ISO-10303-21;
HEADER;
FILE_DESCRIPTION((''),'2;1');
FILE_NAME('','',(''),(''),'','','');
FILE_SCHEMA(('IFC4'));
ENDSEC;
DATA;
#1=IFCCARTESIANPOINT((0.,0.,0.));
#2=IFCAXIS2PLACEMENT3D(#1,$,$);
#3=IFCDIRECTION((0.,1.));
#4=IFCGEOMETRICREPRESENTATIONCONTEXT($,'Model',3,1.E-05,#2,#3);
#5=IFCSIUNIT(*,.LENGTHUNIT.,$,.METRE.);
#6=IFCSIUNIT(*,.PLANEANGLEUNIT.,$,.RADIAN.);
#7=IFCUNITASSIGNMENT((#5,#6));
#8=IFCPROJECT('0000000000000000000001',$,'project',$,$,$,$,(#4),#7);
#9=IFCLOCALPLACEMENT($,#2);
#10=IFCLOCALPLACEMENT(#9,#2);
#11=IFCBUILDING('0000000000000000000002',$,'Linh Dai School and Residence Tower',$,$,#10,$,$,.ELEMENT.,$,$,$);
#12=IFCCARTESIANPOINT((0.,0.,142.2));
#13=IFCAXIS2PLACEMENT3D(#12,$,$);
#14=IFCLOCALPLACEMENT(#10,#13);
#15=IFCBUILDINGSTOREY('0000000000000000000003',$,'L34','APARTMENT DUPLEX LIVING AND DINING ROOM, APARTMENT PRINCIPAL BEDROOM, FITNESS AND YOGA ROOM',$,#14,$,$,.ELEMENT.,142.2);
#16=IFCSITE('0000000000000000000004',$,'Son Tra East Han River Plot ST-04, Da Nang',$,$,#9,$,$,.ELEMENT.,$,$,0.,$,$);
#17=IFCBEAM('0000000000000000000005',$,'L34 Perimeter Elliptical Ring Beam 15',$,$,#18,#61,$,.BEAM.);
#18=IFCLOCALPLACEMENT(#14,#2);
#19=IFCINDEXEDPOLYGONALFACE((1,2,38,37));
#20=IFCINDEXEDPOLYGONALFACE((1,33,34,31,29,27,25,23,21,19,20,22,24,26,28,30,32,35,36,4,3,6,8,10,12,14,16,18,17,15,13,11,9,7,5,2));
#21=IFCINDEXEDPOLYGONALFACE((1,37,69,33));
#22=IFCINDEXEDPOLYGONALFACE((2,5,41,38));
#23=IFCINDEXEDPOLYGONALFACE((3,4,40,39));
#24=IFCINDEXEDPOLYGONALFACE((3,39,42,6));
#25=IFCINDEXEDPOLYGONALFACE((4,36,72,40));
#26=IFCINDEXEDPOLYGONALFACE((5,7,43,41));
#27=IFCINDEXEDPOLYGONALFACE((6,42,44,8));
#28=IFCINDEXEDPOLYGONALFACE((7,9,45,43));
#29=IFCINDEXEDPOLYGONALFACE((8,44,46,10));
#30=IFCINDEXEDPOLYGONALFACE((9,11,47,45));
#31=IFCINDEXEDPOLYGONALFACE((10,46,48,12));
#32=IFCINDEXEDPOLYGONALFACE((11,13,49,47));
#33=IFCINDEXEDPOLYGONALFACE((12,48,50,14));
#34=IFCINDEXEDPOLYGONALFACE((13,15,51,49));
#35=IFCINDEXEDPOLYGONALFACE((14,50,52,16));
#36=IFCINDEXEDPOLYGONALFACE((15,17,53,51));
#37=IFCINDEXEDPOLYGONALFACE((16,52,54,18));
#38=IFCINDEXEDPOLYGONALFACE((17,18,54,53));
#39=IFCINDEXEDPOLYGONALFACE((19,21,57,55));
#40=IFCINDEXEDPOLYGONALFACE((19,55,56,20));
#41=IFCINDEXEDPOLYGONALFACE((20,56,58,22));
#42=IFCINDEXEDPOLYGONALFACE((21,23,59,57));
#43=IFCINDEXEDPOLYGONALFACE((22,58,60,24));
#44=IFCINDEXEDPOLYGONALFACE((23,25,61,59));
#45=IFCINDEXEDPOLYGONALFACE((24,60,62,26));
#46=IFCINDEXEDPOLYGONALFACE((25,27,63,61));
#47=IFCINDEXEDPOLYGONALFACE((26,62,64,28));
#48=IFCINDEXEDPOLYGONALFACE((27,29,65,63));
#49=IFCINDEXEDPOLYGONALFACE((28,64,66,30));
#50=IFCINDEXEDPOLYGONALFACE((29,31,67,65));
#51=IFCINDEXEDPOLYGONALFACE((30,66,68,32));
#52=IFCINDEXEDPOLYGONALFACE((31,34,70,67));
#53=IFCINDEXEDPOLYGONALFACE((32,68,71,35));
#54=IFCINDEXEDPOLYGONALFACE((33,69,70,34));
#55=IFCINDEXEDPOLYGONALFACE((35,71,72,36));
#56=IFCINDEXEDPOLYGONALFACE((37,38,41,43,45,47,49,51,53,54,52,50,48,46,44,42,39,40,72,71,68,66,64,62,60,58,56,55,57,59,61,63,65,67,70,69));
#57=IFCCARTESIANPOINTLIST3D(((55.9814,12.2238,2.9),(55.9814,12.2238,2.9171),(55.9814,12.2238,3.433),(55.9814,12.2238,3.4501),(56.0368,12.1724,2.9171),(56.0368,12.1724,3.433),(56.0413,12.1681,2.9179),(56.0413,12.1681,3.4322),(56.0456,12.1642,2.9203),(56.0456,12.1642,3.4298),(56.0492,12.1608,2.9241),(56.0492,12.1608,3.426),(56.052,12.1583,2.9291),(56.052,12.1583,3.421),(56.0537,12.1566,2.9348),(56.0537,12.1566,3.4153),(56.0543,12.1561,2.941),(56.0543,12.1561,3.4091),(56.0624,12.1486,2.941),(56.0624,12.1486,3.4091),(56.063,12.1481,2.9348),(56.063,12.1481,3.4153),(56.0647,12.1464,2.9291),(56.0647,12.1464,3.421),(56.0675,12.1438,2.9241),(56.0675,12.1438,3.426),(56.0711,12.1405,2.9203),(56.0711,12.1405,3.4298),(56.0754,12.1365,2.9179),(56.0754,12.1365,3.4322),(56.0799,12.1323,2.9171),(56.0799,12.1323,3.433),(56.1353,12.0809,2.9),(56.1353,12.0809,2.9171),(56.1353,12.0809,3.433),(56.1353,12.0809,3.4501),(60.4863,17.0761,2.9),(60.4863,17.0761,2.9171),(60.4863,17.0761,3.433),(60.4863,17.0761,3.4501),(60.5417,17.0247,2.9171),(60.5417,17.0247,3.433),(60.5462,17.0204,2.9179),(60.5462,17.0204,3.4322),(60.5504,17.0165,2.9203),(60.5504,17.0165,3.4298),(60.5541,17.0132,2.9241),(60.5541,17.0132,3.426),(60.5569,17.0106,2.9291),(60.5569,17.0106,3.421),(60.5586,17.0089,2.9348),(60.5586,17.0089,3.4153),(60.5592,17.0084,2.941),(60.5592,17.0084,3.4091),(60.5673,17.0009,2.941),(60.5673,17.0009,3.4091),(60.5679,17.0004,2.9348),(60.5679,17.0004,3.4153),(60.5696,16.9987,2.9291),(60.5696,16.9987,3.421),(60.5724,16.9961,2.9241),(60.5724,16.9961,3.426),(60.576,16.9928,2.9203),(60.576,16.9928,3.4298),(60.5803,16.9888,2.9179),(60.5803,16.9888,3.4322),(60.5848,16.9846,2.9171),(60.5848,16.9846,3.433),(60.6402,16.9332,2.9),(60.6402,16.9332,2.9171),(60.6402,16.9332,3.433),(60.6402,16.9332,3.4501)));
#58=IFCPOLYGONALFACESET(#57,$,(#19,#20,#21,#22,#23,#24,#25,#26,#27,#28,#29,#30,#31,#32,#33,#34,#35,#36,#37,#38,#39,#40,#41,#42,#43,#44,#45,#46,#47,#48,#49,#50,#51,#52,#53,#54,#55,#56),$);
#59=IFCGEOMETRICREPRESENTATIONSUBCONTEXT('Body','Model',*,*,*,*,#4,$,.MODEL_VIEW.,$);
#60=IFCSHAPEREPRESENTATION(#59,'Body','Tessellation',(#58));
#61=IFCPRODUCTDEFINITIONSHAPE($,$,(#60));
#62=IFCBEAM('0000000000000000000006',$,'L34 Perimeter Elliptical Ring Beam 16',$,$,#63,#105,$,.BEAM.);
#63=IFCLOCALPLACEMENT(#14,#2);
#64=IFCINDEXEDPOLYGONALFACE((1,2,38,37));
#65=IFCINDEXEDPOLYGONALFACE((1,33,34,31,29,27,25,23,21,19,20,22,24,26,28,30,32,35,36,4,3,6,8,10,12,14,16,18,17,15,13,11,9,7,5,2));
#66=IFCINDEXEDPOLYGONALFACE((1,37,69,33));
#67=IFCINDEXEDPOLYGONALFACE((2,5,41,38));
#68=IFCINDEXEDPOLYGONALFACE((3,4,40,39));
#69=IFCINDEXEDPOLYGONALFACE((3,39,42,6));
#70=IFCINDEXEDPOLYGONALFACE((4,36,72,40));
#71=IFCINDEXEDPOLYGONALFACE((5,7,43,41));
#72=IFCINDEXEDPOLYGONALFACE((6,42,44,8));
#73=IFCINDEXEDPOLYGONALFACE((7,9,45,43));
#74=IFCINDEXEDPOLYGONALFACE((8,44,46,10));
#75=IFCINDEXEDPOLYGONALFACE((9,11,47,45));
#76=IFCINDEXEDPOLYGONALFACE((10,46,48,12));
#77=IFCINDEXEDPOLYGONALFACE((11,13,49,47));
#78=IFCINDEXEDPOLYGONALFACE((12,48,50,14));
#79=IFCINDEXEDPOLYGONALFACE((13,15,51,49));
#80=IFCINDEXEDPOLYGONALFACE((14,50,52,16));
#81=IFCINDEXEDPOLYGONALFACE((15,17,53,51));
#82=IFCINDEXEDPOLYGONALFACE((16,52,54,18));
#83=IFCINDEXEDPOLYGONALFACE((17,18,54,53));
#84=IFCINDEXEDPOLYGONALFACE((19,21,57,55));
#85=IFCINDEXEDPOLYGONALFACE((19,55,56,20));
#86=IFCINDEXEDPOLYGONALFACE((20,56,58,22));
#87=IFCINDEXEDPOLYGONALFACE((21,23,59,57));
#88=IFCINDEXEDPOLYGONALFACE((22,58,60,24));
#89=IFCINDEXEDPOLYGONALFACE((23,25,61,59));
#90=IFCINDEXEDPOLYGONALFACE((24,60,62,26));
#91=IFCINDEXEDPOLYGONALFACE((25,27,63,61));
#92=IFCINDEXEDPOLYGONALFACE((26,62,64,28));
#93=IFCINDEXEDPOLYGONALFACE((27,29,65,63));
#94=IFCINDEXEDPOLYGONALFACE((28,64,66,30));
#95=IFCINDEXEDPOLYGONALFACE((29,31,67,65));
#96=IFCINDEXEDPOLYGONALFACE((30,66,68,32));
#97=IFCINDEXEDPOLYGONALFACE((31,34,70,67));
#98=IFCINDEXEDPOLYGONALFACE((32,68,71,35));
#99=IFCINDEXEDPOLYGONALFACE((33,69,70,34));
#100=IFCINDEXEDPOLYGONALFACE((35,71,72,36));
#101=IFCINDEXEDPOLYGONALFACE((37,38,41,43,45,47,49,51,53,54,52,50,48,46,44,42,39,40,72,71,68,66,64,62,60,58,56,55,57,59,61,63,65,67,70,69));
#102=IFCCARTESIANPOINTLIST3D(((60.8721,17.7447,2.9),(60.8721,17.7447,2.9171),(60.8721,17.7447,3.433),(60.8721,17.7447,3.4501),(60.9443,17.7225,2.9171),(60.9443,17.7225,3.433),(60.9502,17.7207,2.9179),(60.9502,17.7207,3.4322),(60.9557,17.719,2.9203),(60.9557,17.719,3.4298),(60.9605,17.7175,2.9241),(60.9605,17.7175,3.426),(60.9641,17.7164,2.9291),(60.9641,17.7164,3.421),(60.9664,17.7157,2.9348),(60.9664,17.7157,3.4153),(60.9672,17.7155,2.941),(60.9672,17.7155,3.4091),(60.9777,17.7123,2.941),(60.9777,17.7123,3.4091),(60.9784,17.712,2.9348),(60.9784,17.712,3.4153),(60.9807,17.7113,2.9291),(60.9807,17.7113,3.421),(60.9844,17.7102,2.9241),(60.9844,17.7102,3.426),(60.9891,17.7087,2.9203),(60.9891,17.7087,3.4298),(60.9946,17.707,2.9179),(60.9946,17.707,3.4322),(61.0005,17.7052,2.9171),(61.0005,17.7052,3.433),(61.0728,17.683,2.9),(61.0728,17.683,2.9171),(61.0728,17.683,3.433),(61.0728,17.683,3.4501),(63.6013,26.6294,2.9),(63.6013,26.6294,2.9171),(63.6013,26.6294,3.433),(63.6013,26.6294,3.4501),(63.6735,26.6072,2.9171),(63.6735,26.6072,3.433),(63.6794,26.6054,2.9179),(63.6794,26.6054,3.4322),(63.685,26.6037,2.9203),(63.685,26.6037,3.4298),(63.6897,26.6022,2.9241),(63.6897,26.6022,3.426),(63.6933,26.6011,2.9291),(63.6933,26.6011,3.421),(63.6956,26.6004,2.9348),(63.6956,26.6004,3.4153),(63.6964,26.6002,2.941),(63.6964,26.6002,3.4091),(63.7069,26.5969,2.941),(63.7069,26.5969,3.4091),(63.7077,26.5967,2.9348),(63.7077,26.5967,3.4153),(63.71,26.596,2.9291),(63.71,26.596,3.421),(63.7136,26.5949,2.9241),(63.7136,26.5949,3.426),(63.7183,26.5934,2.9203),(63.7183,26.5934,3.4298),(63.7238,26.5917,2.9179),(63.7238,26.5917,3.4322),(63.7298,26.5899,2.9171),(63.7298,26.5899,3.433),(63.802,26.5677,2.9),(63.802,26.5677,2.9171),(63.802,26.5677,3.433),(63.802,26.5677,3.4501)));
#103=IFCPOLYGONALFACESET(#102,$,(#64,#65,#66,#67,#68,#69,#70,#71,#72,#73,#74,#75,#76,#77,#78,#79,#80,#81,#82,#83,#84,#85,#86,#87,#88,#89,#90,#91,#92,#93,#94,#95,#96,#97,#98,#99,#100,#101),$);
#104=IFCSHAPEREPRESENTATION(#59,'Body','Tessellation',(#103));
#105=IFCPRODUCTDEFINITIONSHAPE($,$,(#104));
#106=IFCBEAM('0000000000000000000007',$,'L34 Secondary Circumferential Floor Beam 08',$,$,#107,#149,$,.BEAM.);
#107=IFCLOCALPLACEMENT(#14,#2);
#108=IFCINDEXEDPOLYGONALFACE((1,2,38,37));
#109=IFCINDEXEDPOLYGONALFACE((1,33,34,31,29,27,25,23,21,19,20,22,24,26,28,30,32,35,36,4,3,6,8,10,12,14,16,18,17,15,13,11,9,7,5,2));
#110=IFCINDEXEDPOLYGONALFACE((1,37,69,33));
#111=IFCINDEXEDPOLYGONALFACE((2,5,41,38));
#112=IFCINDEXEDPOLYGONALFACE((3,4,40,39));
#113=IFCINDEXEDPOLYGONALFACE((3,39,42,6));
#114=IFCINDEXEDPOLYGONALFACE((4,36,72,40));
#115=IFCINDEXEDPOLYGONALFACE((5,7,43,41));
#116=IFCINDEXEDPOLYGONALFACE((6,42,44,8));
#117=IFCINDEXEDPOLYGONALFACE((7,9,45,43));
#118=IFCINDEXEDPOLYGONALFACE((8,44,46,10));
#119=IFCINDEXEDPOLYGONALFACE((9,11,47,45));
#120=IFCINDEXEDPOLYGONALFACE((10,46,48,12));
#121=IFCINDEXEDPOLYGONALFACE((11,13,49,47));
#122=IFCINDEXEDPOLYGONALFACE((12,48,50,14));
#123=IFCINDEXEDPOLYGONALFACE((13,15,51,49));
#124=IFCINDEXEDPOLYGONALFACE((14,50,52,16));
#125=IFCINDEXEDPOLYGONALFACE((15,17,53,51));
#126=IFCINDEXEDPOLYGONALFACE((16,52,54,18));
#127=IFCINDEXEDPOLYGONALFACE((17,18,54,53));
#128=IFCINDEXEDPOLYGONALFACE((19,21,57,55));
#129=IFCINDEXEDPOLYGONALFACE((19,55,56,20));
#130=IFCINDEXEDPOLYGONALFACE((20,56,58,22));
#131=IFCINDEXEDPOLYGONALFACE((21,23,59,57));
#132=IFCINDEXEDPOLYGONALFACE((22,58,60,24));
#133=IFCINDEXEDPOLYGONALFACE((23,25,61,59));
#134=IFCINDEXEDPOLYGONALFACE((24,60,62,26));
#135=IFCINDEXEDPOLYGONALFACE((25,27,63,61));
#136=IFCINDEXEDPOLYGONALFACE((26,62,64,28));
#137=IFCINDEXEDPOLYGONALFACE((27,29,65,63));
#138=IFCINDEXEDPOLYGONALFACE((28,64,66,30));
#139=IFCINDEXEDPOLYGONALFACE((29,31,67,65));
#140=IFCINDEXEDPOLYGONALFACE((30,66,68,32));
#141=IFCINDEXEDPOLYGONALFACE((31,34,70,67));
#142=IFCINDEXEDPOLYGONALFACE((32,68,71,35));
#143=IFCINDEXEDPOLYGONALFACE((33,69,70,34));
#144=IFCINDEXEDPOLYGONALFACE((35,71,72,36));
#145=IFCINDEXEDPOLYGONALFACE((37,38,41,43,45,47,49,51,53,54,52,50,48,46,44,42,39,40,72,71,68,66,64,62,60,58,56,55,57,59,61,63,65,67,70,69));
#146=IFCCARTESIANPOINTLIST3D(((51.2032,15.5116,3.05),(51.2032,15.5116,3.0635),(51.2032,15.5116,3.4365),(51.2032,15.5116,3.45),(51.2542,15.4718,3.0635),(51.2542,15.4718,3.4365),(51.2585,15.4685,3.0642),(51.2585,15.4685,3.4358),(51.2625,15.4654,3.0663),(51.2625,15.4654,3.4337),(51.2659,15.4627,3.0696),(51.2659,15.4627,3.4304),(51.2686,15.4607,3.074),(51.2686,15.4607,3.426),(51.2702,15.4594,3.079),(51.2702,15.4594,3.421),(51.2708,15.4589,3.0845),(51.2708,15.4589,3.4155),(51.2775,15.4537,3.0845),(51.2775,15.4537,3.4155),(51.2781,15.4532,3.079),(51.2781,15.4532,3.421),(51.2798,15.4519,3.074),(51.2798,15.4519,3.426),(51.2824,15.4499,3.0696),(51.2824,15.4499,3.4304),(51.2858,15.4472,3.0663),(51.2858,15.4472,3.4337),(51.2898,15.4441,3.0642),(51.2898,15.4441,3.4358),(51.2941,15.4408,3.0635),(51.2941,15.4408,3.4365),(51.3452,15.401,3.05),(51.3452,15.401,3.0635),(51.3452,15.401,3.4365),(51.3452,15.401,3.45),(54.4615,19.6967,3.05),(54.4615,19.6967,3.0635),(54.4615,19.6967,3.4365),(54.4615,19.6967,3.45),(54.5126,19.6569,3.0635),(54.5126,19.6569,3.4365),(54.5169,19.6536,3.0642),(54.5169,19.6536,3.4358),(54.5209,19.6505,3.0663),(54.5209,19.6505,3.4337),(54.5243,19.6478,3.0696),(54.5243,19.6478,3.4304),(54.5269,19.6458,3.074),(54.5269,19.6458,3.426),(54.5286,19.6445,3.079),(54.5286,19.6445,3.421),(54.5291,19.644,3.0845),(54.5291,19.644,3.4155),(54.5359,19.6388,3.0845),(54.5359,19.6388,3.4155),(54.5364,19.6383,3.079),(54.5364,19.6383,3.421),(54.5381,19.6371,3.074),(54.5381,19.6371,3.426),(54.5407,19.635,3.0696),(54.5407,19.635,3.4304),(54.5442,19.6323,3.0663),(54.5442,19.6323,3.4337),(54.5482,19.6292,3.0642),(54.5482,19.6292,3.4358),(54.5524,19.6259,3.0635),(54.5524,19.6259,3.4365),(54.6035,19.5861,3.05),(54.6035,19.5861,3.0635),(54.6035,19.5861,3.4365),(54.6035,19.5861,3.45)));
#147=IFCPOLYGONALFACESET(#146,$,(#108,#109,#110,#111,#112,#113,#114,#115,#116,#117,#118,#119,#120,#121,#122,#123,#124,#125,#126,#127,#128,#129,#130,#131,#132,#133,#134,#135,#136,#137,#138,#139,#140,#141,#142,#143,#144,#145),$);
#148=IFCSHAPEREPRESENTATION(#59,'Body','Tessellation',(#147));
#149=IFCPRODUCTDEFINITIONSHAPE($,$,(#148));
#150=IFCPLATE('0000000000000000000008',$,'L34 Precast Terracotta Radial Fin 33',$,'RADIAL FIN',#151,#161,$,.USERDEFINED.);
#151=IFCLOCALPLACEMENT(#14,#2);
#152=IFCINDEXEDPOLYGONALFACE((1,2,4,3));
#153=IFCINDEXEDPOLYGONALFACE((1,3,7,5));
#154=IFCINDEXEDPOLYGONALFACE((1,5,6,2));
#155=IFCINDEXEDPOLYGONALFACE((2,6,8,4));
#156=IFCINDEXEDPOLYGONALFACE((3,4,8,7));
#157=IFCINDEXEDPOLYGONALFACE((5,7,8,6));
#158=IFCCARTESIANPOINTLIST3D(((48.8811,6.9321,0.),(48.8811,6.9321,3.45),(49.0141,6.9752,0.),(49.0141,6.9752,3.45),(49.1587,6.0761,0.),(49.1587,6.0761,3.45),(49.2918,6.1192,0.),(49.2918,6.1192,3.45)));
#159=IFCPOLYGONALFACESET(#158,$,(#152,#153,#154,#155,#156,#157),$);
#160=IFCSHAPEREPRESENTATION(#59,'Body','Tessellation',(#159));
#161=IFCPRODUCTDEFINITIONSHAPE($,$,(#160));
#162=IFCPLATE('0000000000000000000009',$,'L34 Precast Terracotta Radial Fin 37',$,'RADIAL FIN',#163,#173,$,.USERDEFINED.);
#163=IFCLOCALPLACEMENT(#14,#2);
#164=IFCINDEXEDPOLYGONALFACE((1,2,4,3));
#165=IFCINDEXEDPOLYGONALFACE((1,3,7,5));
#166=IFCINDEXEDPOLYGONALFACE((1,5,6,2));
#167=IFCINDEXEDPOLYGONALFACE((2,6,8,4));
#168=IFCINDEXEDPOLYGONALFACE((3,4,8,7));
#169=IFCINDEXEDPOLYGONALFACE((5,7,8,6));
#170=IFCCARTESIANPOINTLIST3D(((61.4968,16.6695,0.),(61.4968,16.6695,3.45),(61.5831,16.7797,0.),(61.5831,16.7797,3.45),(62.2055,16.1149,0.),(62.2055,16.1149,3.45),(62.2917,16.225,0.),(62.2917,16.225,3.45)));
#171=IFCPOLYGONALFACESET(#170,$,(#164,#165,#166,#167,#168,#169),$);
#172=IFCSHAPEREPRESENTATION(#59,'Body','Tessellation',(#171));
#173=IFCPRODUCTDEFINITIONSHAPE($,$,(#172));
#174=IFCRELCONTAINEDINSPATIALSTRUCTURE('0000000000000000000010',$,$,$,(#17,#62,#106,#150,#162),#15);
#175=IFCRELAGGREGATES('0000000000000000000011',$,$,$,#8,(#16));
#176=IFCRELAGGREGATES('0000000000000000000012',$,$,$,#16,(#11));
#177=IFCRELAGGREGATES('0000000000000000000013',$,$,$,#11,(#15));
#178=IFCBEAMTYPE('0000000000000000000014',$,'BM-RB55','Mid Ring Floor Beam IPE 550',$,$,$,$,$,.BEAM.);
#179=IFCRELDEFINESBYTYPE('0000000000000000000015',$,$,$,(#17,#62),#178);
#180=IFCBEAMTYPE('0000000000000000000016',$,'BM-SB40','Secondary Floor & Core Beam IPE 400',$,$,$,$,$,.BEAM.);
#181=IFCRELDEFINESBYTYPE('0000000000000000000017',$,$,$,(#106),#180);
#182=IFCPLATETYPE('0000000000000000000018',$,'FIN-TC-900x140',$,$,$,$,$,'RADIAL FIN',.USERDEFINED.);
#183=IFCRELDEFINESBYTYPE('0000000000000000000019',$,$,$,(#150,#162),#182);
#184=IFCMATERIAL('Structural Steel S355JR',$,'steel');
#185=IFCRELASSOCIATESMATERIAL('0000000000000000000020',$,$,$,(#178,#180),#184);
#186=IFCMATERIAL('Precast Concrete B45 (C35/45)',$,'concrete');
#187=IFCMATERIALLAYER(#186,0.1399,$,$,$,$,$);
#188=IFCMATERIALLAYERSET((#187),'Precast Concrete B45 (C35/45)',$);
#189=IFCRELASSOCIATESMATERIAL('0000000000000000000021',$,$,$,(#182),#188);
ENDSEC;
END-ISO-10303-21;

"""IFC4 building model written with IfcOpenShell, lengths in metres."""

from ifc_helpers import new_model, si_unit, direction, frame, origin, origin_2d, place, context, subcontext, project, spatial, rectangle, i_section, extrude, source, transform, mapped, material, layer, layer_set, material_profile, profile_set, type_object, element, save


model = new_model("IFC4")

# Units and contexts
model_context = context("Model", 3, precision=1e-05, world=origin(), true_north=direction((0.0, 1.0)))
body_context = subcontext(model_context, "Body", "Model", "MODEL_VIEW")
ifc_project = project(units=[si_unit("LENGTHUNIT", "METRE"), si_unit("PLANEANGLEUNIT", "RADIAN")], contexts=[model_context])

# Site, building, storey
site_placement = place(None, origin())
site = spatial("IfcSite", under=ifc_project, at=site_placement, Name="Son Tra East Han River Plot ST-04, Da Nang", CompositionType="ELEMENT", RefElevation=0.0)
building_placement = place(site_placement, origin())
building = spatial("IfcBuilding", under=site, at=building_placement, Name="Linh Dai School and Residence Tower", CompositionType="ELEMENT")
storey_placement = place(building_placement, frame((0.0, 0.0, 142.2)))
storey = spatial("IfcBuildingStorey", under=building, at=storey_placement, Name="L34", Description="APARTMENT DUPLEX LIVING AND DINING ROOM, APARTMENT PRINCIPAL BEDROOM, FITNESS AND YOGA ROOM", CompositionType="ELEMENT", Elevation=142.2)

# Shared definitions
ifc_material_1 = material(Name="Structural Steel S355JR", Category="steel")

# Beams
ifc_material_profile_1 = material_profile(ifc_material_1, i_section(OverallWidth=0.21, OverallDepth=0.55, WebThickness=0.011, FlangeThickness=0.0171, FilletRadius=0.0239, at=origin_2d()), Name="IPE 550")
ifc_profile_set_1 = profile_set([ifc_material_profile_1], Name="Structural Steel S355JR")
beam_type_1 = type_object("IfcBeamType", Name="BM-RB55", Description="Mid Ring Floor Beam IPE 550", PredefinedType="BEAM", material=ifc_profile_set_1)
beam_1_placement = place(storey_placement, frame((56.0583, 12.1523, 3.175), z_axis=(0.680385, 0.732855, 0.0), x_axis=(-0.732855, 0.680385, 0.0)))
element("IfcBeam", 1, at=beam_1_placement, inside=storey, type_object=beam_type_1, Name="L34 Perimeter Elliptical Ring Beam 15", PredefinedType="BEAM", context=body_context, shape_type="SweptSolid", body=[
    extrude(i_section(OverallWidth=0.21, OverallDepth=0.55, WebThickness=0.011, FlangeThickness=0.0171, FilletRadius=0.0239, at=origin_2d()), origin(), (0.0, 0.0, 1.0), 6.6211),
])
beam_2_placement = place(storey_placement, frame((60.9724, 17.7139, 3.175), z_axis=(0.293641, 0.955916, 0.0), x_axis=(-0.955916, 0.293641, 0.0)))
element("IfcBeam", 2, at=beam_2_placement, inside=storey, type_object=beam_type_1, Name="L34 Perimeter Elliptical Ring Beam 16", PredefinedType="BEAM", context=body_context, shape_type="SweptSolid", body=[
    extrude(i_section(OverallWidth=0.21, OverallDepth=0.55, WebThickness=0.011, FlangeThickness=0.0171, FilletRadius=0.0239, at=origin_2d()), origin(), (0.0, 0.0, 1.0), 9.2944),
])
ifc_material_profile_2 = material_profile(ifc_material_1, i_section(OverallWidth=0.1799, OverallDepth=0.3999, WebThickness=0.0085, FlangeThickness=0.0134, FilletRadius=0.021, at=origin_2d()), Name="IPE 400")
ifc_profile_set_2 = profile_set([ifc_material_profile_2], Name="Structural Steel S355JR")
beam_type_2 = type_object("IfcBeamType", Name="BM-SB40", Description="Secondary Floor & Core Beam IPE 400", PredefinedType="BEAM", material=ifc_profile_set_2)
beam_3_placement = place(storey_placement, frame((51.2742, 15.4563, 3.25), z_axis=(0.614323, 0.789055, 0.0), x_axis=(-0.789055, 0.614323, 0.0)))
element("IfcBeam", 3, at=beam_3_placement, inside=storey, type_object=beam_type_2, Name="L34 Secondary Circumferential Floor Beam 08", PredefinedType="BEAM", context=body_context, shape_type="SweptSolid", body=[
    extrude(i_section(OverallWidth=0.1799, OverallDepth=0.3999, WebThickness=0.0085, FlangeThickness=0.0134, FilletRadius=0.021, at=origin_2d()), origin(), (0.0, 0.0, 1.0), 5.304),
])

# Plates
ifc_material_2 = material(Name="Precast Concrete B45 (C35/45)", Category="concrete")
ifc_layer_1 = layer(ifc_material_2, 0.1399)
ifc_layer_set_1 = layer_set([ifc_layer_1], Name="Precast Concrete B45 (C35/45)")
plate_type = type_object("IfcPlateType", Name="FIN-TC-900x140", ElementType="RADIAL FIN", PredefinedType="USERDEFINED", material=ifc_layer_set_1)
shared_shape_1 = source(origin(), body_context, "Body", "SweptSolid", [
    extrude(rectangle(XDim=0.8999, YDim=0.1399, at=origin_2d()), origin(), (0.0, 0.0, 1.0), 3.45),
])
for number, where, z_axis, x_axis, name in (
    (4, (49.0864, 6.5256, 0.0), (0.0, 0.0, 1.0), (0.308522, -0.951217, 0.0), "L34 Precast Terracotta Radial Fin 33"),
    (5, (61.8943, 16.4473, 0.0), (0.0, 0.0, 1.0), (0.787508, -0.616305, 0.0), "L34 Precast Terracotta Radial Fin 37"),
):
    element("IfcPlate", number, at=place(storey_placement, frame(where, z_axis=z_axis, x_axis=x_axis)), inside=storey, type_object=plate_type, Name=name, ObjectType="RADIAL FIN", PredefinedType="USERDEFINED", context=body_context, shape_type="MappedRepresentation", body=[
        mapped(shared_shape_1, transform((0.0, 0.0, 0.0), x_axis=(1.0, 0.0, 0.0), y_axis=(0.0, 1.0, 0.0), z_axis=(0.0, 0.0, 1.0), scale=1.0)),
    ])

save(model, "model.ifc")
